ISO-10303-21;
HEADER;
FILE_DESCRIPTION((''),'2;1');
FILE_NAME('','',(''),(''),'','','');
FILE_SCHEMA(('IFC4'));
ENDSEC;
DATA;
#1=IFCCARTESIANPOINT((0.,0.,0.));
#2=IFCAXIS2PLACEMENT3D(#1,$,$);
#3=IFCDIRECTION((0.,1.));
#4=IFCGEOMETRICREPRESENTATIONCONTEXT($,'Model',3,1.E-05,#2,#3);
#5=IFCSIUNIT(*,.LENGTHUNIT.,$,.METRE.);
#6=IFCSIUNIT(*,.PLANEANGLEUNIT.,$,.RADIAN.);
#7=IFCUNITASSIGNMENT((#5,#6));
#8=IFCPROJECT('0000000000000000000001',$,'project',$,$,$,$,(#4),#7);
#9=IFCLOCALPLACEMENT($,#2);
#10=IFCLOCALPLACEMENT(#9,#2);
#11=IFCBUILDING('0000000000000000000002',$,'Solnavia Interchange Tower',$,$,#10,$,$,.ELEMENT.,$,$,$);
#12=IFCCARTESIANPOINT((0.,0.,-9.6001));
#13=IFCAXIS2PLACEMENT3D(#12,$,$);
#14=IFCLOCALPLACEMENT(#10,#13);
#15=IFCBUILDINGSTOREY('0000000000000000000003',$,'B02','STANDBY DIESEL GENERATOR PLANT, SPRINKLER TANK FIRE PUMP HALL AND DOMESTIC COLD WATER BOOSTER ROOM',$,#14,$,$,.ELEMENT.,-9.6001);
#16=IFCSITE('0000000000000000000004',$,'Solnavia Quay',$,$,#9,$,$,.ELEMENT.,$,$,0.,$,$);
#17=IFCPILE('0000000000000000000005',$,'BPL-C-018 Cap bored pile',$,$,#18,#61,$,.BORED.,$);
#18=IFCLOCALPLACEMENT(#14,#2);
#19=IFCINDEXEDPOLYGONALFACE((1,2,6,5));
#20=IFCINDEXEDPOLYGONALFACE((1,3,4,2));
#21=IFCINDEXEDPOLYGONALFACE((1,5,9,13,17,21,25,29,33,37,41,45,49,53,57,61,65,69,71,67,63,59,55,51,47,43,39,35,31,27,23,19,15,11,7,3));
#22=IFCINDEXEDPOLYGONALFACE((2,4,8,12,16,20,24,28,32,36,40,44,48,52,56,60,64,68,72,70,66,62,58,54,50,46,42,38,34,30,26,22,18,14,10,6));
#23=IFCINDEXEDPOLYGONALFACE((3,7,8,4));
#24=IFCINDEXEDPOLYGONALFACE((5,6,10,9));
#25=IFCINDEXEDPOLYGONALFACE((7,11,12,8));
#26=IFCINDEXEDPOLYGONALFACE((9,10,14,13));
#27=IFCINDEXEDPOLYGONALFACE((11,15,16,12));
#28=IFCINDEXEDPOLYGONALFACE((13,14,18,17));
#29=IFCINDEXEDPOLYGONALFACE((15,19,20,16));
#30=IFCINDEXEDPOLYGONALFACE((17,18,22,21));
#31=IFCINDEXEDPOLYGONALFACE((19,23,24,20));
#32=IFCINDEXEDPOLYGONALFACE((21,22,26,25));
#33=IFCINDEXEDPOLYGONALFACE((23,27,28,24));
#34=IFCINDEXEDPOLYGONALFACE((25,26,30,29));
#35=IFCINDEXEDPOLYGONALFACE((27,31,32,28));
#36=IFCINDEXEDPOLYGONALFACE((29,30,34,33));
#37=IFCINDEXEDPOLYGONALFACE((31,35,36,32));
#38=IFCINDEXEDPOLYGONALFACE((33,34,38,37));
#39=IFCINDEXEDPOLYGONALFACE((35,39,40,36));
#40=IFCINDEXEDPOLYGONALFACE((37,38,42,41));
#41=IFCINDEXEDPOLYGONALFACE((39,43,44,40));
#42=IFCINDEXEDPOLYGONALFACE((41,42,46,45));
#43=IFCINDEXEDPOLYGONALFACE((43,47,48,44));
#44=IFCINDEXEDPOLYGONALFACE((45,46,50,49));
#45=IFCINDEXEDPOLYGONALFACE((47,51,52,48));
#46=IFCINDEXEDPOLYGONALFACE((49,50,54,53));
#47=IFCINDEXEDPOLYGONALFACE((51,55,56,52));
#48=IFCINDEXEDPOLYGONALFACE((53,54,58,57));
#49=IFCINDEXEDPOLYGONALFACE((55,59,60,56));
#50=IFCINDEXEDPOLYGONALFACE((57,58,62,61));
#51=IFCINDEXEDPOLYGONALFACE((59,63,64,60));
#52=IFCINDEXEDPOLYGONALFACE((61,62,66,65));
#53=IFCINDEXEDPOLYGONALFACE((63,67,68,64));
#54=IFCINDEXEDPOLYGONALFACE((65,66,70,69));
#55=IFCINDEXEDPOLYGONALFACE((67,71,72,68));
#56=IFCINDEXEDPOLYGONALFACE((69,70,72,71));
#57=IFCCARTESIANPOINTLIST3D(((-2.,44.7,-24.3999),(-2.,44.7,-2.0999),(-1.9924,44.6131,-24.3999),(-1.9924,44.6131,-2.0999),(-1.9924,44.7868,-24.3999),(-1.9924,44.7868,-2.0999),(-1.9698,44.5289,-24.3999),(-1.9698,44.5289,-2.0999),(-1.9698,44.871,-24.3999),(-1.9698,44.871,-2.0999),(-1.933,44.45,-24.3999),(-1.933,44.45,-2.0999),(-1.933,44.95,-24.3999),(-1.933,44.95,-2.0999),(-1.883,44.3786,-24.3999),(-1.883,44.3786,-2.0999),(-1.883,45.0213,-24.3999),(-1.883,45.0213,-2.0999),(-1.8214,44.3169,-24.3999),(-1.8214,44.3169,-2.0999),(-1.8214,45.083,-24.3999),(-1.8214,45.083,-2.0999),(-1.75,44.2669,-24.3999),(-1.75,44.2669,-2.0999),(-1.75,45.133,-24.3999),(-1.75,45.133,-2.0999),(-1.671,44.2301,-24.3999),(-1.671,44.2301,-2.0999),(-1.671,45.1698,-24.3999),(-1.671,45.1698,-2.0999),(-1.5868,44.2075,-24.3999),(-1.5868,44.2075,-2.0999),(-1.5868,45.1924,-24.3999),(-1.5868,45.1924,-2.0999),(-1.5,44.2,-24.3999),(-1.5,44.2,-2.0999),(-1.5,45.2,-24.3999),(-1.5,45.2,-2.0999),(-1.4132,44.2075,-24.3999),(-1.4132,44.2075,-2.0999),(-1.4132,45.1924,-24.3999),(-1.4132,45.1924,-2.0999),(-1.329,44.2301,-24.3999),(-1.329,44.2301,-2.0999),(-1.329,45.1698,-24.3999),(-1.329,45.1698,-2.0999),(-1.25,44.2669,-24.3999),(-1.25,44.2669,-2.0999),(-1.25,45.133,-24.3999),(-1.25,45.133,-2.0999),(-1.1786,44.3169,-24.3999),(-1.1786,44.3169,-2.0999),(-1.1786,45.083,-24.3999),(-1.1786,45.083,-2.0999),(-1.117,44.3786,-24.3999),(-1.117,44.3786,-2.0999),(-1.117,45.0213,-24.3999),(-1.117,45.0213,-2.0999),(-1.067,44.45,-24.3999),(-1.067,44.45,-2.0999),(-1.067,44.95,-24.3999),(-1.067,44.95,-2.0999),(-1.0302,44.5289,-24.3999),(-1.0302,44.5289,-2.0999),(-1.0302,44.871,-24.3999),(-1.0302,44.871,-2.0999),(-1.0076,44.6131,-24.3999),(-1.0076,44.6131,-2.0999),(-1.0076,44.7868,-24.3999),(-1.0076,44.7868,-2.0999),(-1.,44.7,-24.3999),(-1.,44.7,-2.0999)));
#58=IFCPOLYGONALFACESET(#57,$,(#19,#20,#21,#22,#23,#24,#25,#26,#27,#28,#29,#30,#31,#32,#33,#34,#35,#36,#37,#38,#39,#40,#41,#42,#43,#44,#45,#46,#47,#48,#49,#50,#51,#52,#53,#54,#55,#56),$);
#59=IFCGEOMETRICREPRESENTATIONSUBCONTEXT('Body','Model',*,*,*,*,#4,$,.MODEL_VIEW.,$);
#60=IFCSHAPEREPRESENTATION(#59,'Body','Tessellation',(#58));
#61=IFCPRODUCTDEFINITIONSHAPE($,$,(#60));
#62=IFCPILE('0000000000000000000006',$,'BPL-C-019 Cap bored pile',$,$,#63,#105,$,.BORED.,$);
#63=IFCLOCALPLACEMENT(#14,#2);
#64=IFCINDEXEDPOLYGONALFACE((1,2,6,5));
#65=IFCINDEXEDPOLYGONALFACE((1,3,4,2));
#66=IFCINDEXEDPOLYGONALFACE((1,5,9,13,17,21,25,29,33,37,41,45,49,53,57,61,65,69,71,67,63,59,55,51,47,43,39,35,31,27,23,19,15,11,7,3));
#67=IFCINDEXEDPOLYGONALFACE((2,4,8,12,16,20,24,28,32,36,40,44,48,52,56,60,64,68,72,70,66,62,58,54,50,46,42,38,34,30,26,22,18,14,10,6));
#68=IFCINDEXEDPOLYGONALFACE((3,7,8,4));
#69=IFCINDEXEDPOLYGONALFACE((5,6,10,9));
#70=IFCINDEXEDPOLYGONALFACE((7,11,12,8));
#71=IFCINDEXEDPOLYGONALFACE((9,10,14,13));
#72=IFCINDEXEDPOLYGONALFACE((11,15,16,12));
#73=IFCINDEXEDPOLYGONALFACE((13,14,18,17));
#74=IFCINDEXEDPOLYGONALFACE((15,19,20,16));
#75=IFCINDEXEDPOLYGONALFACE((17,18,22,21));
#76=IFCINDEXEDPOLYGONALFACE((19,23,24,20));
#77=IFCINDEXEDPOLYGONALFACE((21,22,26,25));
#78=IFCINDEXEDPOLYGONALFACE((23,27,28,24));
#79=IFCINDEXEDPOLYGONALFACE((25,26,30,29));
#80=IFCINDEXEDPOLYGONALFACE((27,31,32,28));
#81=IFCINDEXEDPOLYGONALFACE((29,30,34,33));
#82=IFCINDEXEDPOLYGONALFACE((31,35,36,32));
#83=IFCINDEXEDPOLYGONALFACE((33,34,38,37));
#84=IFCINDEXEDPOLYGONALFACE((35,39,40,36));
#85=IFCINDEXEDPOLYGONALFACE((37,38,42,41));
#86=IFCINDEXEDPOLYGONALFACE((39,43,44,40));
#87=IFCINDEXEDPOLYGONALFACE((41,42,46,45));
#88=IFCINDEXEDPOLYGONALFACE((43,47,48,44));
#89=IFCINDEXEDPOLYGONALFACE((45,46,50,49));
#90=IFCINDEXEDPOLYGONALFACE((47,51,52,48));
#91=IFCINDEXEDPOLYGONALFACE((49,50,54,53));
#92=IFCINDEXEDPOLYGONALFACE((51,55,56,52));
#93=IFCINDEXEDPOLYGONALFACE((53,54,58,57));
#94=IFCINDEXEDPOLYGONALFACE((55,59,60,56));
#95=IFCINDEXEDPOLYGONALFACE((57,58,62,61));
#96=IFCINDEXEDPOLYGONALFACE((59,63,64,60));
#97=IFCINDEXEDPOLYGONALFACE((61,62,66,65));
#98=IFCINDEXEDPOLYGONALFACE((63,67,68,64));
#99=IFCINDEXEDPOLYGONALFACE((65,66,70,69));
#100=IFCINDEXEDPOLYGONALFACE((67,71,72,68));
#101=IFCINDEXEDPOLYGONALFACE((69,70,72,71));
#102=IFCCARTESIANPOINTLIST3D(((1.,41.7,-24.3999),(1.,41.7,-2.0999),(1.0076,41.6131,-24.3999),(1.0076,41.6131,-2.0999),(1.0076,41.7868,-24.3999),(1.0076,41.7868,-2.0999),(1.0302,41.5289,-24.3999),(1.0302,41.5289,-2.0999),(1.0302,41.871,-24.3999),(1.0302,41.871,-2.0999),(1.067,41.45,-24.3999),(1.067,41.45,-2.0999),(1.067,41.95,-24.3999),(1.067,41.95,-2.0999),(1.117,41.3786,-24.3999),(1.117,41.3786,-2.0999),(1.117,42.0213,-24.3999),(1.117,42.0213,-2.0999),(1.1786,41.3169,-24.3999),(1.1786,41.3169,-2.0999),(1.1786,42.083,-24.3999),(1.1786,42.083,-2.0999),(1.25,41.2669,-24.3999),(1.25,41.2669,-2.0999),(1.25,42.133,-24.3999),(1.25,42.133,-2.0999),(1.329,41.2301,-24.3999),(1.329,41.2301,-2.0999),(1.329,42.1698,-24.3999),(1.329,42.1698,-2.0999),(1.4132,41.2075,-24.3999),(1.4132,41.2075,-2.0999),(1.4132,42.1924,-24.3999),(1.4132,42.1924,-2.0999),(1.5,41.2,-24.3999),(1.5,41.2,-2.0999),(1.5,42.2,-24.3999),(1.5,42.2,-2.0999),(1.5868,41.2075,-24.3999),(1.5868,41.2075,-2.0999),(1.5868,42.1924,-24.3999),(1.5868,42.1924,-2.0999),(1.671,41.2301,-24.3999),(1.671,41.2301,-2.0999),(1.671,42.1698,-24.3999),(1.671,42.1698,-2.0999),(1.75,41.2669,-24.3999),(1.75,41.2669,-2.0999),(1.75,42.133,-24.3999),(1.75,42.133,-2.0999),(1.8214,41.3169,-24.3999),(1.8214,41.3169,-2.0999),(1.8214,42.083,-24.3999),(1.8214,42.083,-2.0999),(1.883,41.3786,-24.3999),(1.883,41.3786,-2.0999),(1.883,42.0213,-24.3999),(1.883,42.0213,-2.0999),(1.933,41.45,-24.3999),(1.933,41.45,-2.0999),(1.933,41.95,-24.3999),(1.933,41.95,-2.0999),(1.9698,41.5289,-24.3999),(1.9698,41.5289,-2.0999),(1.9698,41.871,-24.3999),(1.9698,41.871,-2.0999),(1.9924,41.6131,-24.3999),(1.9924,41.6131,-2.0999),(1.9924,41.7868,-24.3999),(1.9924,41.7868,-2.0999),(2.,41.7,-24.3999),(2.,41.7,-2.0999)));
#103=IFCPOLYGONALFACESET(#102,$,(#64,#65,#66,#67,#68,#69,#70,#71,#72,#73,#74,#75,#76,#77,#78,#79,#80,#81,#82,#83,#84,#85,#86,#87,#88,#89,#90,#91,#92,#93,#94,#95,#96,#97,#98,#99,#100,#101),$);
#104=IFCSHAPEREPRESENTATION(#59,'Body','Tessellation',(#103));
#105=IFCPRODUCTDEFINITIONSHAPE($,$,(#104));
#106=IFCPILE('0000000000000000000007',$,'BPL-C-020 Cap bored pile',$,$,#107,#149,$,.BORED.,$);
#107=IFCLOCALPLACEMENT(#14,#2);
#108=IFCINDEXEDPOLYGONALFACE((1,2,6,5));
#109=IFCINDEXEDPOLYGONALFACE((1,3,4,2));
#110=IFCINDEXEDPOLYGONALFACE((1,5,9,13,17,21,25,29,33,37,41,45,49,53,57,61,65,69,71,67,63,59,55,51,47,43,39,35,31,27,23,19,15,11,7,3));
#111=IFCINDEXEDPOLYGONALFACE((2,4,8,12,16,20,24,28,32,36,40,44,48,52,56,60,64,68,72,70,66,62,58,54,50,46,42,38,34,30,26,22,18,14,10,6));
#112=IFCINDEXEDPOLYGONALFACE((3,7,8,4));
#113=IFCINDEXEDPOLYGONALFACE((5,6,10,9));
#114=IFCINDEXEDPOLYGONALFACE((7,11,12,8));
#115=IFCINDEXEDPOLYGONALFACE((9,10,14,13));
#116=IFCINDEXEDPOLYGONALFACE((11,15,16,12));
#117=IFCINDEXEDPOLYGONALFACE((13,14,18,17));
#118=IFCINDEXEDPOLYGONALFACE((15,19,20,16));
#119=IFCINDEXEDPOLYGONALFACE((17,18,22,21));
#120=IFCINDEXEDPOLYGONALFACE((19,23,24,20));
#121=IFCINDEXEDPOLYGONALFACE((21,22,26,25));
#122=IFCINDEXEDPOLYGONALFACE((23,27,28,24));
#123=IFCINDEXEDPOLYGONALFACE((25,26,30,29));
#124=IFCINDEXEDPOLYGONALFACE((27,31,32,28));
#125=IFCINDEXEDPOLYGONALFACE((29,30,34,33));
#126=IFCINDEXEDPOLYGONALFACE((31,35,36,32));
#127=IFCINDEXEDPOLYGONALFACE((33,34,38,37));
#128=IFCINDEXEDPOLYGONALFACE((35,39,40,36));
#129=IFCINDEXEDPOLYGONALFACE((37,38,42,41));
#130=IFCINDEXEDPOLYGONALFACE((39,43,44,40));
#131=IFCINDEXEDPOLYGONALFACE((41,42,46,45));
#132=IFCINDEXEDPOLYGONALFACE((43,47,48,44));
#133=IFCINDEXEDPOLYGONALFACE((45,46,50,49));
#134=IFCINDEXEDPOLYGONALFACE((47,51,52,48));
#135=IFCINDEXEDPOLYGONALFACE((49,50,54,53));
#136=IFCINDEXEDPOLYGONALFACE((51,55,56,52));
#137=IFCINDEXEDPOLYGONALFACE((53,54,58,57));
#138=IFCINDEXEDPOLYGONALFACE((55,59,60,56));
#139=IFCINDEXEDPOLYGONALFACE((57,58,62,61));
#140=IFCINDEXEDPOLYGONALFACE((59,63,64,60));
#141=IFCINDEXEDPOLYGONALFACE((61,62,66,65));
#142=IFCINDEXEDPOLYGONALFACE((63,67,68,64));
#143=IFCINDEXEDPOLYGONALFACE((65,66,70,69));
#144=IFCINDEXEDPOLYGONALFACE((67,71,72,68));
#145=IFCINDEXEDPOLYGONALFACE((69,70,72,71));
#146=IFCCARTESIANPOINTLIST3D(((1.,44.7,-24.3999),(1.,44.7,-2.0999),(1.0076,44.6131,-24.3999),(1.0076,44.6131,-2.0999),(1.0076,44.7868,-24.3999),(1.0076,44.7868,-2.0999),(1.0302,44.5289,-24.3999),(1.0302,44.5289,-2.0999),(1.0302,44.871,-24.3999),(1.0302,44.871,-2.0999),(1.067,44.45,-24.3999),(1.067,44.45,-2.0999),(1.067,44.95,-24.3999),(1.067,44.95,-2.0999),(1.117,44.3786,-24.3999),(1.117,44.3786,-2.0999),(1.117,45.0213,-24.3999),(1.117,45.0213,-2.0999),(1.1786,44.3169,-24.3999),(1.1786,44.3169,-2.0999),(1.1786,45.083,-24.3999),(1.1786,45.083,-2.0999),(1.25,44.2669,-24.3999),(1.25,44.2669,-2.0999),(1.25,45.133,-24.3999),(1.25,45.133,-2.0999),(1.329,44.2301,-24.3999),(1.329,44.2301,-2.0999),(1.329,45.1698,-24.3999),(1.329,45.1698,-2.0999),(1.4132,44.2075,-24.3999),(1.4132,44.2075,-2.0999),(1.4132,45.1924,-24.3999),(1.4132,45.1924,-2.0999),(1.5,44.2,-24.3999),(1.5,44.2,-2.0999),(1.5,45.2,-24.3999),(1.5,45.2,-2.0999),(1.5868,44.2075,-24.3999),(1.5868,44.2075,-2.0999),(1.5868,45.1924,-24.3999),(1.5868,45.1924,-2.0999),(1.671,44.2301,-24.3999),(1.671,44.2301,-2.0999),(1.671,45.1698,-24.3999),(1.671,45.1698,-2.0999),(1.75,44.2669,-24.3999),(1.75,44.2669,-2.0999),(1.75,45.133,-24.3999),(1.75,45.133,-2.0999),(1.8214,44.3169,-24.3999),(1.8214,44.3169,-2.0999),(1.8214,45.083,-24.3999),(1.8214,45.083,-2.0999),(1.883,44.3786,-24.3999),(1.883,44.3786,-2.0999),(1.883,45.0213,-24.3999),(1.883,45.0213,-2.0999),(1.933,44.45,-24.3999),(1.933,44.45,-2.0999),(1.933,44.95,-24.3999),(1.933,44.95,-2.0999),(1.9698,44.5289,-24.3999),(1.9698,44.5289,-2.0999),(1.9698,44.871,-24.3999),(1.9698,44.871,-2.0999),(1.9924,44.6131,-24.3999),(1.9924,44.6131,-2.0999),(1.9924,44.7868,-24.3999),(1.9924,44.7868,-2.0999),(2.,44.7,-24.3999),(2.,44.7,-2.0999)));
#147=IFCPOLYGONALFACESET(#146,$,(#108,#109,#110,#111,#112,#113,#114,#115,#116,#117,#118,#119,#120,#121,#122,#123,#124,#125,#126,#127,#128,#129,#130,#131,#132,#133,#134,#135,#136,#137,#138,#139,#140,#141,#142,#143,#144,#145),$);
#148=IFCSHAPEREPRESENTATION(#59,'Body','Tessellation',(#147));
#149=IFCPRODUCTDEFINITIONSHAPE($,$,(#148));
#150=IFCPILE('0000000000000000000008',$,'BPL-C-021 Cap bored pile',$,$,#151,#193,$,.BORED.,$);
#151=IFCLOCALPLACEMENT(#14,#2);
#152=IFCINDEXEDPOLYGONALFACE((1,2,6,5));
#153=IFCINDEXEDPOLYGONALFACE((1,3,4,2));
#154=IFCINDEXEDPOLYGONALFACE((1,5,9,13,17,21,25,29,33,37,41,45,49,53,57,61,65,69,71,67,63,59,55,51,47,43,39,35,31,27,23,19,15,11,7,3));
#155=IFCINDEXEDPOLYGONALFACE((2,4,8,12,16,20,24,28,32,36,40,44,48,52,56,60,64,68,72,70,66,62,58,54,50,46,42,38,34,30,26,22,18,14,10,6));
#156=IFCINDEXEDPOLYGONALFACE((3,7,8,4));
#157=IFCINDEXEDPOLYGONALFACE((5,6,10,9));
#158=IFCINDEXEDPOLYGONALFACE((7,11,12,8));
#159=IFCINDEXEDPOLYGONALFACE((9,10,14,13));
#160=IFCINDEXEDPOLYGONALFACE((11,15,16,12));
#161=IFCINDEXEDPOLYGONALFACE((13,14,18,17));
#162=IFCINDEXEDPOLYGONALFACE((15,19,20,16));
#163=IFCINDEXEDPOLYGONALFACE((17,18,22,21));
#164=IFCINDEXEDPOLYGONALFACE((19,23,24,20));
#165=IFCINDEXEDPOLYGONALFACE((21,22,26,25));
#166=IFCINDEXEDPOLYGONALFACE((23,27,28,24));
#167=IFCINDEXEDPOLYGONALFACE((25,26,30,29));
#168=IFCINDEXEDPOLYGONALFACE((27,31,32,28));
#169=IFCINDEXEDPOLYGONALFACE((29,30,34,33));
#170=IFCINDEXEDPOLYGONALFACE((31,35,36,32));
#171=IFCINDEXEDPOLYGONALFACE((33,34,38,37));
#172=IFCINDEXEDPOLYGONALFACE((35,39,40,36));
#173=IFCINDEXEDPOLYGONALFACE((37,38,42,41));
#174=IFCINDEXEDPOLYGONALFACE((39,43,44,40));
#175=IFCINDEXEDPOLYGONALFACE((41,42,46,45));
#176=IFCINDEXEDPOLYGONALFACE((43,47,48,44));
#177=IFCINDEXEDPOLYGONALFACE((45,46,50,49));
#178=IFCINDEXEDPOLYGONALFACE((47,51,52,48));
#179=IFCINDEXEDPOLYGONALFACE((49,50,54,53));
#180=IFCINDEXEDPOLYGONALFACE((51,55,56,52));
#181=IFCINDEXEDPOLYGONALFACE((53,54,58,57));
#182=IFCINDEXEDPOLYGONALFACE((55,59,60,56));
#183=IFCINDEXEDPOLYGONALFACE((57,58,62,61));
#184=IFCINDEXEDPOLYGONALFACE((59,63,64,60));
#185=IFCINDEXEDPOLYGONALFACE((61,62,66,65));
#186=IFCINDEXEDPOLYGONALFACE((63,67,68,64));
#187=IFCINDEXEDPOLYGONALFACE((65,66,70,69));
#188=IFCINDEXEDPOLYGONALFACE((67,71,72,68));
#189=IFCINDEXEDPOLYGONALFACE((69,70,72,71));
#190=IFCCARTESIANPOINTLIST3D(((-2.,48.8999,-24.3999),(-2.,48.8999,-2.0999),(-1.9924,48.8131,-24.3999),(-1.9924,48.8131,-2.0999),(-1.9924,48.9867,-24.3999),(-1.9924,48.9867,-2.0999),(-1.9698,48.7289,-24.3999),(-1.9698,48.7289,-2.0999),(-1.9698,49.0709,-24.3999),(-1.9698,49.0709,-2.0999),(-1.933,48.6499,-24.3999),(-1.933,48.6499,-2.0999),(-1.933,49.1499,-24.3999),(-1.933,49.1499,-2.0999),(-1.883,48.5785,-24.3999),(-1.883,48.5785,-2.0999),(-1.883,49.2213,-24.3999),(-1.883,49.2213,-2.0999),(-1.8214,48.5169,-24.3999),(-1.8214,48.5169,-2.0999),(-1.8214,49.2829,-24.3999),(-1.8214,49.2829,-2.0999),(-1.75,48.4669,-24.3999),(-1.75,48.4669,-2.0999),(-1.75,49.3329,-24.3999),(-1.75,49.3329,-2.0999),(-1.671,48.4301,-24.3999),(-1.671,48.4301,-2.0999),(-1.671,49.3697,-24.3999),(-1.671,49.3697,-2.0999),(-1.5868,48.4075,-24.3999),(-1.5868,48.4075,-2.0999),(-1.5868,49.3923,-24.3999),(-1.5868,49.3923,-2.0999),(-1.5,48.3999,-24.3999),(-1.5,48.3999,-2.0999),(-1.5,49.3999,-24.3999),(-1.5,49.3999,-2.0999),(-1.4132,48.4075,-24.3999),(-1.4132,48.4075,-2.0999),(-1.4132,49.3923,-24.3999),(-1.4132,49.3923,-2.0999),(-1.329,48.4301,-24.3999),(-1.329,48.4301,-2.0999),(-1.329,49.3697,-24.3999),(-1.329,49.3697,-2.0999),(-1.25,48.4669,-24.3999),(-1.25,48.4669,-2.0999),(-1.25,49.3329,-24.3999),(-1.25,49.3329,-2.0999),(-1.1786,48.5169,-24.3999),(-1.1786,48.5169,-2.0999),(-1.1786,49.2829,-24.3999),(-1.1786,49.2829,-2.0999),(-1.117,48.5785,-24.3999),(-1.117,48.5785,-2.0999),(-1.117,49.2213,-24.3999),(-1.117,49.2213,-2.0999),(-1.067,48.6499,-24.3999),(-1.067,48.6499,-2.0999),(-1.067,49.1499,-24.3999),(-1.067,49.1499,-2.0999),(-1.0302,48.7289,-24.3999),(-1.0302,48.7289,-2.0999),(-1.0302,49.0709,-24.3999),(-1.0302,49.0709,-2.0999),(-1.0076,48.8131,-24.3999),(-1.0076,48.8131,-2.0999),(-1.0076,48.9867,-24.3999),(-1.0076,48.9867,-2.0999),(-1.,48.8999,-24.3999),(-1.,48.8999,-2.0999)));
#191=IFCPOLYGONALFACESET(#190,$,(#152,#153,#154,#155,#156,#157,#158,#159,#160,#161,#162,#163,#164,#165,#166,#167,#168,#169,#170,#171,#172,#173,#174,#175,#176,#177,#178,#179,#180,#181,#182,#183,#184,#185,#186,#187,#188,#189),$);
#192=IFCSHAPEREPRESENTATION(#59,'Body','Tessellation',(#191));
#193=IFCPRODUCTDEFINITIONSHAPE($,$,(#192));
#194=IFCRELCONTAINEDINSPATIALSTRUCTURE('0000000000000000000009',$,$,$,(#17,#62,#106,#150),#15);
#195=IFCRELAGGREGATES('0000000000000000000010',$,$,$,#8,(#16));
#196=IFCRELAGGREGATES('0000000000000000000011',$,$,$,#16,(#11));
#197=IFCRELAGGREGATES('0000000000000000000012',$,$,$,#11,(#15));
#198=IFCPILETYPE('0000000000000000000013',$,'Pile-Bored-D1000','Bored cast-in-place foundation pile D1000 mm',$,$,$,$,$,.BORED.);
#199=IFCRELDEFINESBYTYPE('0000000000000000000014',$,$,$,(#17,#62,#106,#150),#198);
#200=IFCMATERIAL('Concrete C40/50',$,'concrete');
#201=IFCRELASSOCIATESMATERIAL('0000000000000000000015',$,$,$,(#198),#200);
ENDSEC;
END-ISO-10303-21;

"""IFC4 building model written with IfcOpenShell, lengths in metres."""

from ifc_helpers import new_model, si_unit, direction, frame, origin, origin_2d, place, context, subcontext, project, spatial, circle, extrude, material, material_profile, profile_set, type_object, element, save


model = new_model("IFC4")

# Units and contexts
model_context = context("Model", 3, precision=1e-05, world=origin(), true_north=direction((0.0, 1.0)))
body_context = subcontext(model_context, "Body", "Model", "MODEL_VIEW")
ifc_project = project(units=[si_unit("LENGTHUNIT", "METRE"), si_unit("PLANEANGLEUNIT", "RADIAN")], contexts=[model_context])

# Site, building, storey
site_placement = place(None, origin())
site = spatial("IfcSite", under=ifc_project, at=site_placement, Name="Solnavia Quay", CompositionType="ELEMENT", RefElevation=0.0)
building_placement = place(site_placement, origin())
building = spatial("IfcBuilding", under=site, at=building_placement, Name="Solnavia Interchange Tower", CompositionType="ELEMENT")
storey_placement = place(building_placement, frame((0.0, 0.0, -9.6001)))
storey = spatial("IfcBuildingStorey", under=building, at=storey_placement, Name="B02", Description="STANDBY DIESEL GENERATOR PLANT, SPRINKLER TANK FIRE PUMP HALL AND DOMESTIC COLD WATER BOOSTER ROOM", CompositionType="ELEMENT", Elevation=-9.6001)

# Shared definitions
ifc_material_1 = material(Name="Concrete C40/50", Category="concrete")

# Piles
ifc_material_profile_1 = material_profile(ifc_material_1, circle(Radius=0.5, at=origin_2d()), Name="PILE D1000")
ifc_profile_set_1 = profile_set([ifc_material_profile_1], Name="Concrete C40/50")
pile_type_1 = type_object("IfcPileType", Name="Pile-Bored-D1000", Description="Bored cast-in-place foundation pile D1000 mm", PredefinedType="BORED", material=ifc_profile_set_1)
for number, where, z_axis, x_axis, name in (
    (1, (-1.5, 44.7, -2.0999), (0.0, 0.0, -1.0), (1.0, 0.0, 0.0), "BPL-C-018 Cap bored pile"),
    (2, (1.5, 41.7, -2.0999), (0.0, 0.0, -1.0), (1.0, 0.0, 0.0), "BPL-C-019 Cap bored pile"),
    (3, (1.5, 44.7, -2.0999), (0.0, 0.0, -1.0), (1.0, 0.0, 0.0), "BPL-C-020 Cap bored pile"),
    (4, (-1.5, 48.8999, -2.0999), (0.0, 0.0, -1.0), (1.0, 0.0, 0.0), "BPL-C-021 Cap bored pile"),
):
    element("IfcPile", number, at=place(storey_placement, frame(where, z_axis=z_axis, x_axis=x_axis)), inside=storey, type_object=pile_type_1, Name=name, PredefinedType="BORED", context=body_context, shape_type="SweptSolid", body=[
        extrude(circle(Radius=0.5, at=origin_2d()), origin(), (0.0, 0.0, 1.0), 22.3),
    ])

save(model, "model.ifc")
